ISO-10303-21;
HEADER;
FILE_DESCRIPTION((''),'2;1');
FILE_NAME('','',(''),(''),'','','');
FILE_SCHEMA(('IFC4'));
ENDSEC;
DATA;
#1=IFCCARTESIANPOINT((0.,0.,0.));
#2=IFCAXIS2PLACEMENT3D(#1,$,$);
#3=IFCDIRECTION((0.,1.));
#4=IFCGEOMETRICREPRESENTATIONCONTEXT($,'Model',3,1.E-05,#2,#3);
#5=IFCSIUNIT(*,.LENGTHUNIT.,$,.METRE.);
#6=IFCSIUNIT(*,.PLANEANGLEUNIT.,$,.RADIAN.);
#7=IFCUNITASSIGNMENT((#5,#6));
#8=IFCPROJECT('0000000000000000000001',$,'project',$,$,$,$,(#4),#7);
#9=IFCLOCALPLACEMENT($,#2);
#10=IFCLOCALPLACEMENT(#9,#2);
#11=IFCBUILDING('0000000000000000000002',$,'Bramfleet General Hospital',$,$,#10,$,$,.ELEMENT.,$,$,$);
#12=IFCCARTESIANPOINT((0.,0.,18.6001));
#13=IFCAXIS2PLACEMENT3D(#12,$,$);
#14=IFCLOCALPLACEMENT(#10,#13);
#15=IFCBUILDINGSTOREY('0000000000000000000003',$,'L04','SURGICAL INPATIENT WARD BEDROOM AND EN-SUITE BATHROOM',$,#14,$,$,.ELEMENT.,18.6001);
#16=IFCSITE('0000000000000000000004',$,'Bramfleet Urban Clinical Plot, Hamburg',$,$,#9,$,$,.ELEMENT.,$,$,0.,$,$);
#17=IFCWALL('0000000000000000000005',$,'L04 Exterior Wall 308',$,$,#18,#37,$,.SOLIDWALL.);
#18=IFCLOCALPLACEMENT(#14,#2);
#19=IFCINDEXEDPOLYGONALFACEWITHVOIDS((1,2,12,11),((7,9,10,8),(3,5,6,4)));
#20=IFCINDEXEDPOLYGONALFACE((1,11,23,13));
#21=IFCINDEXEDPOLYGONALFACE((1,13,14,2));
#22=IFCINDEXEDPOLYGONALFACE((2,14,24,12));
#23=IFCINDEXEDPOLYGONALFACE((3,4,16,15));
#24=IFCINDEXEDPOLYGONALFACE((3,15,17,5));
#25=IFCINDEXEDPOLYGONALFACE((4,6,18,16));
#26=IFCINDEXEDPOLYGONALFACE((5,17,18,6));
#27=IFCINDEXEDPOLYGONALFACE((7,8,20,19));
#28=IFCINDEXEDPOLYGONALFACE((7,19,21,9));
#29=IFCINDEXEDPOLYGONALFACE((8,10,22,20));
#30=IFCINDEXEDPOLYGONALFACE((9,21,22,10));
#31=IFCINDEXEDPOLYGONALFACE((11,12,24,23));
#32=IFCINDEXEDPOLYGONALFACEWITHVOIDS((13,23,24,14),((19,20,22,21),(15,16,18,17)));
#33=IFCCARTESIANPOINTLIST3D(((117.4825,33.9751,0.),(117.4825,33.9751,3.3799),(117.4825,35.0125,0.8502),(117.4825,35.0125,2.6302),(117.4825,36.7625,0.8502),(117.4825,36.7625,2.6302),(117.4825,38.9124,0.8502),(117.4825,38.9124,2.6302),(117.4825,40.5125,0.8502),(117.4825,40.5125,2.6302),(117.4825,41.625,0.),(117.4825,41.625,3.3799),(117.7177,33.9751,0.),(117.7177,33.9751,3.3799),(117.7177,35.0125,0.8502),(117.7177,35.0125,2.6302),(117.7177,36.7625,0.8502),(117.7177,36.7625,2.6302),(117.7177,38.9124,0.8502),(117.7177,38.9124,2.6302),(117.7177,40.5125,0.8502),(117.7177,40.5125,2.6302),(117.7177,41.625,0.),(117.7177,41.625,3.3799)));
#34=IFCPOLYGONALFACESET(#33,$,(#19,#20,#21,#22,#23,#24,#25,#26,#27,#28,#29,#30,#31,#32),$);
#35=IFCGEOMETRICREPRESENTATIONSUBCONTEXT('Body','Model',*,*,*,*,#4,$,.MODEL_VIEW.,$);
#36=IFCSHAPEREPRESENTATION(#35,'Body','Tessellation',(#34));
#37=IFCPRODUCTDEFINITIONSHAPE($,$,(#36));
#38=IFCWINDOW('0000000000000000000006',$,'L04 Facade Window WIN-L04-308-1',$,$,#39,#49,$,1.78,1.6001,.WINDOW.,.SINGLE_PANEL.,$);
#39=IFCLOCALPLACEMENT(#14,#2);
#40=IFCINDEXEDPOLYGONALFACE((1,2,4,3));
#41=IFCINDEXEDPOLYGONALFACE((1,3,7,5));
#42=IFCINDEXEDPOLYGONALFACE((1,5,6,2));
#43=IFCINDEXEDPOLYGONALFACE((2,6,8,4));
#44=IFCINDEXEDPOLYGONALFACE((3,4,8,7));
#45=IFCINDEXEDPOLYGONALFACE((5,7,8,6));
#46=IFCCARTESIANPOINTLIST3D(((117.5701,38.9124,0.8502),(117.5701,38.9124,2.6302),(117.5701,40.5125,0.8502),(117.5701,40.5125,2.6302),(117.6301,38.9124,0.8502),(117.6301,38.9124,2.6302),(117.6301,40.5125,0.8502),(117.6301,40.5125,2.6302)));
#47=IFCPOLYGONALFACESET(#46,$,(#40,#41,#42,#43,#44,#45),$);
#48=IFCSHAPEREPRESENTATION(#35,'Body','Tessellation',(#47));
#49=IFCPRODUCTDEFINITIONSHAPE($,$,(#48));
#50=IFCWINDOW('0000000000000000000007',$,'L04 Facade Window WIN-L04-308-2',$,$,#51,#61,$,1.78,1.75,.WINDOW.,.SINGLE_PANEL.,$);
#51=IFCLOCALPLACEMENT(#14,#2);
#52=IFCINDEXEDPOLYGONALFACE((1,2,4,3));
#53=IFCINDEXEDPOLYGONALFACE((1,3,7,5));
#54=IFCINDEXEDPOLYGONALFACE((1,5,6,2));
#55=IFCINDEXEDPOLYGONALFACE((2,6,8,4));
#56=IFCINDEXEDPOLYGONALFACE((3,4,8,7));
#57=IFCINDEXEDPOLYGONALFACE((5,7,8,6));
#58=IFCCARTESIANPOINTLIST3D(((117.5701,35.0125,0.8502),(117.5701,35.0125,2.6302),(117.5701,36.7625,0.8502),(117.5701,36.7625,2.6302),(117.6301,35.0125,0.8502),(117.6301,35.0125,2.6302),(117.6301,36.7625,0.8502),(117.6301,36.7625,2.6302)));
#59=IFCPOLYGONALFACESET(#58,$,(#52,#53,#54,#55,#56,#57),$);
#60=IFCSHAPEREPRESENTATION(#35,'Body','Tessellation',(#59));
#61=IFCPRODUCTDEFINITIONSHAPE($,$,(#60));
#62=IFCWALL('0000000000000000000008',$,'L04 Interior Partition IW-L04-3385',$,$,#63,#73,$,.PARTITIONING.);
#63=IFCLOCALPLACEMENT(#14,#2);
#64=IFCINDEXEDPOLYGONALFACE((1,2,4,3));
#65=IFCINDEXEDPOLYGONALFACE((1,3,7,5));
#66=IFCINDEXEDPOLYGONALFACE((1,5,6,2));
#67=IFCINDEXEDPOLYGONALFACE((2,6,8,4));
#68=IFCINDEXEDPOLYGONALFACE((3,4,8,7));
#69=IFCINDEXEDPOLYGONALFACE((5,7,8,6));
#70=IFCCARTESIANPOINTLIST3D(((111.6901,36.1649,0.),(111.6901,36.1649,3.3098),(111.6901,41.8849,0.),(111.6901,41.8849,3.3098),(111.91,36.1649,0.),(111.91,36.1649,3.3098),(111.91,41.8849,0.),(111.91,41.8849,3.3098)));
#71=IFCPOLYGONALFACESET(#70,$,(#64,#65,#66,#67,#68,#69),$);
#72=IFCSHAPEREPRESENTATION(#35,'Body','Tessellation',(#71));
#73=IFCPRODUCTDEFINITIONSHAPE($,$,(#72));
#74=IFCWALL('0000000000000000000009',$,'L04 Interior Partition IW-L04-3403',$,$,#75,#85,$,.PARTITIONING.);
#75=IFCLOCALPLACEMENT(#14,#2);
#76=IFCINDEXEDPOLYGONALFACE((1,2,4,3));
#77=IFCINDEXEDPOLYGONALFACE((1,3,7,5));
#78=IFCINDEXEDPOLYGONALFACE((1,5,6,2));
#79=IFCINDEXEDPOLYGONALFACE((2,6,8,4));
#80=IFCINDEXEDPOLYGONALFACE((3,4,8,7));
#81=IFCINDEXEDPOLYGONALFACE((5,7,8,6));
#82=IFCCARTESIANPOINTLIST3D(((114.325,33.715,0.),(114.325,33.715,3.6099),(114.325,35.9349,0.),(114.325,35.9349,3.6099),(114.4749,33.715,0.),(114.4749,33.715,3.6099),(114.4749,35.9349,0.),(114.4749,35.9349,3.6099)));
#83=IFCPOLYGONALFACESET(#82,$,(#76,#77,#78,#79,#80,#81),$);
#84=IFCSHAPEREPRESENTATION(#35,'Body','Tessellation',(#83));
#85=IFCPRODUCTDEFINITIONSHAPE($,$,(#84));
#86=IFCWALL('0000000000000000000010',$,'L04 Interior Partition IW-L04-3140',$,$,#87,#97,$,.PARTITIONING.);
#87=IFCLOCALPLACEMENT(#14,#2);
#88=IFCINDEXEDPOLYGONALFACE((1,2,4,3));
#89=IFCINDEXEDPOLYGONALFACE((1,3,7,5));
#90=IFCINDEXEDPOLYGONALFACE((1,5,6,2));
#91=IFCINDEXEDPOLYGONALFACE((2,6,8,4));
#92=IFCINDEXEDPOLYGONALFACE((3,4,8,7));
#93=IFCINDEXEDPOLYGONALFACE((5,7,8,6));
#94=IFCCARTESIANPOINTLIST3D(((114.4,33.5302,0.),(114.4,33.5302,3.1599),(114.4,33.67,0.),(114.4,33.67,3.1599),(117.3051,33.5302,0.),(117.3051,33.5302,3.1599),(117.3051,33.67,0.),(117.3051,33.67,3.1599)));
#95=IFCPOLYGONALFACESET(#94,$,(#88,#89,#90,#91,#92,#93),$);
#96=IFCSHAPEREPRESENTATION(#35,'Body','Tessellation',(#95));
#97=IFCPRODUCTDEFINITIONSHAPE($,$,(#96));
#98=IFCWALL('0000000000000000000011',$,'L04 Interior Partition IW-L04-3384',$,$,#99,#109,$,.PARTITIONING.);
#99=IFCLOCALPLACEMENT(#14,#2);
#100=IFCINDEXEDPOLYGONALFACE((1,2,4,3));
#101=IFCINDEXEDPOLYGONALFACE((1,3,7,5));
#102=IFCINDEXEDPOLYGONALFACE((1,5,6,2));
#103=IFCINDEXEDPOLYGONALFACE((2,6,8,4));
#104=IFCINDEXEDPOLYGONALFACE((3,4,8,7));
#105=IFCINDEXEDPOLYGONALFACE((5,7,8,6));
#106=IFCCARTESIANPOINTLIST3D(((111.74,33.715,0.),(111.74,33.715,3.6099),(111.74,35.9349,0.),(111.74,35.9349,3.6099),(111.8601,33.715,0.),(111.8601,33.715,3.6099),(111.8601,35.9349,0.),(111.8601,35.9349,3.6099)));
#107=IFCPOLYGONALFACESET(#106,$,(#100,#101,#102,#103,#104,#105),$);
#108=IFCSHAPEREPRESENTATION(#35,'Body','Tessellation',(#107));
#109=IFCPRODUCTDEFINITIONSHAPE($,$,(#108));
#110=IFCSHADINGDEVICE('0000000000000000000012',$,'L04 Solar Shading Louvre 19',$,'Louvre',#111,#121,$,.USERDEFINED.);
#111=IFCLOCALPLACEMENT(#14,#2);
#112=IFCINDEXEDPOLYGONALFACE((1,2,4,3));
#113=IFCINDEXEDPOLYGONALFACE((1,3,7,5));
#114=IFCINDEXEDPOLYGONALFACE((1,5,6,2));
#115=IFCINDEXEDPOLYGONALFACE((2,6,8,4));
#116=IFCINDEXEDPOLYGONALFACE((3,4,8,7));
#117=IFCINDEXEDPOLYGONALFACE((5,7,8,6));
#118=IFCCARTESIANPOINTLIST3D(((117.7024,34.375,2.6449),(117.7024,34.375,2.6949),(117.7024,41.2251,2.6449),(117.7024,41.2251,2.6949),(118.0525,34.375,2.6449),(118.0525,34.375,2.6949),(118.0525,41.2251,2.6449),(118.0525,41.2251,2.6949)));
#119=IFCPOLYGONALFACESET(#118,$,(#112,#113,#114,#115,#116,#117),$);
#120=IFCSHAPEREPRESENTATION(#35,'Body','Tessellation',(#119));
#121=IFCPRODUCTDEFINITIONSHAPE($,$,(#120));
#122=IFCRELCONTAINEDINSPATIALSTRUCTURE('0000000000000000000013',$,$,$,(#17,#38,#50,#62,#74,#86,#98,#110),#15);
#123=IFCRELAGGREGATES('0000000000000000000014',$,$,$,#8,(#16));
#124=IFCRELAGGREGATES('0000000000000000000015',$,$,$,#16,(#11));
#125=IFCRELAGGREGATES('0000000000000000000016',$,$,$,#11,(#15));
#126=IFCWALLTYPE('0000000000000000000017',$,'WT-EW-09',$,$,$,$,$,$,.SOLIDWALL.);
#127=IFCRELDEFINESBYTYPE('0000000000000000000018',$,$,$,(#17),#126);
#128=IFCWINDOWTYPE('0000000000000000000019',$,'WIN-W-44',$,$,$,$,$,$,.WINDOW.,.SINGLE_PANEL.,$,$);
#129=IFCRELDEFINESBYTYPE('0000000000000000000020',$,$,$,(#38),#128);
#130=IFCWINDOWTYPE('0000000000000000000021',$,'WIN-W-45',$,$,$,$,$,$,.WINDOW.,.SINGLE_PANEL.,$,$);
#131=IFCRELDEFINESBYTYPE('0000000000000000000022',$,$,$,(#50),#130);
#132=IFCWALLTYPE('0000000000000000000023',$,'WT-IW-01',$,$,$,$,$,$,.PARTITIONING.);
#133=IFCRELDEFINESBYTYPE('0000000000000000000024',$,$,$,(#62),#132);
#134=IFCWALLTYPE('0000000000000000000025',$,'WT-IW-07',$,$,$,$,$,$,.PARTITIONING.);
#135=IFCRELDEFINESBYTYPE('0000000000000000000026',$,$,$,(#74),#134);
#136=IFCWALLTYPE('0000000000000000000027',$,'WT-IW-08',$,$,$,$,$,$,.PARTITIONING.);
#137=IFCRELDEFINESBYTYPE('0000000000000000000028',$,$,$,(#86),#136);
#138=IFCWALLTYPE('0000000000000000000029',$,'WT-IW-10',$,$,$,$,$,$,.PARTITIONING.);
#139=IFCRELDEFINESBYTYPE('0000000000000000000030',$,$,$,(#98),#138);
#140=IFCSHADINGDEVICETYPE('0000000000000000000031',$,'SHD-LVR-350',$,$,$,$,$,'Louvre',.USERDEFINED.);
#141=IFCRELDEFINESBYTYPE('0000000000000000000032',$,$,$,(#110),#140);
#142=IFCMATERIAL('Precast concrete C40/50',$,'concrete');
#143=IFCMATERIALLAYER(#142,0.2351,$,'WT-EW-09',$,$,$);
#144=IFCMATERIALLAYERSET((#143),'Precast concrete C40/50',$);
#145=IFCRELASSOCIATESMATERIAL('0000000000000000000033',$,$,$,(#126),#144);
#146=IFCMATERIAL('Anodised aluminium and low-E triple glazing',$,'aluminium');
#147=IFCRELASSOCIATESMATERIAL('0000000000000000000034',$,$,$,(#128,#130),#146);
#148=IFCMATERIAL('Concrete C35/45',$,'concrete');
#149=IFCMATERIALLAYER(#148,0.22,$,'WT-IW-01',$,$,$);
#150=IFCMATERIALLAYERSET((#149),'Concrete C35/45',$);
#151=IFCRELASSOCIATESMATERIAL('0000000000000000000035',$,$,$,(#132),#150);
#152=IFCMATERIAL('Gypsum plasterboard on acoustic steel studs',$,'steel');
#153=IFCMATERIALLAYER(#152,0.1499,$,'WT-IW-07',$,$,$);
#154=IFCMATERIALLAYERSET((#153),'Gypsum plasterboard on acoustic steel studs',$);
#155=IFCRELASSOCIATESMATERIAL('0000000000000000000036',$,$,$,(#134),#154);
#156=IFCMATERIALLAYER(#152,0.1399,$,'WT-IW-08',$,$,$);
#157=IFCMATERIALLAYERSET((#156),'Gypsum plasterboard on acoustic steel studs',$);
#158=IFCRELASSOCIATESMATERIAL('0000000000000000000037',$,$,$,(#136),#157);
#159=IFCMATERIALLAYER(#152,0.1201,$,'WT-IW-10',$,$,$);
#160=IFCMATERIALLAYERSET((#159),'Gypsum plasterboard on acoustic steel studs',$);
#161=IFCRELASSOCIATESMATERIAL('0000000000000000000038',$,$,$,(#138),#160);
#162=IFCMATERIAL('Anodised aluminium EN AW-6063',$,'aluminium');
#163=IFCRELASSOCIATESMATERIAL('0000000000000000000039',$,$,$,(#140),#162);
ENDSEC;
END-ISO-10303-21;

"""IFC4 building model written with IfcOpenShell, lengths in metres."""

from ifc_helpers import new_model, si_unit, direction, frame, frame_2d, origin, origin_2d, place, context, subcontext, project, spatial, rectangle, extrude, material, layer, layer_set, material_profile, profile_set, type_object, element, fill, save


model = new_model("IFC4")

# Units and contexts
model_context = context("Model", 3, precision=1e-05, world=origin(), true_north=direction((0.0, 1.0)))
body_context = subcontext(model_context, "Body", "Model", "MODEL_VIEW")
ifc_project = project(units=[si_unit("LENGTHUNIT", "METRE"), si_unit("PLANEANGLEUNIT", "RADIAN")], contexts=[model_context])

# Site, building, storey
site_placement = place(None, origin())
site = spatial("IfcSite", under=ifc_project, at=site_placement, Name="Bramfleet Urban Clinical Plot, Hamburg", CompositionType="ELEMENT", RefElevation=0.0)
building_placement = place(site_placement, origin())
building = spatial("IfcBuilding", under=site, at=building_placement, Name="Bramfleet General Hospital", CompositionType="ELEMENT")
storey_placement = place(building_placement, frame((0.0, 0.0, 18.6001)))
storey = spatial("IfcBuildingStorey", under=building, at=storey_placement, Name="L04", Description="SURGICAL INPATIENT WARD BEDROOM AND EN-SUITE BATHROOM", CompositionType="ELEMENT", Elevation=18.6001)

# Shared definitions
ifc_material_1 = material(Name="Anodised aluminium and low-E triple glazing", Category="aluminium")

# Wall, openings, windows
ifc_material_2 = material(Name="Precast concrete C40/50", Category="concrete")
ifc_layer_1 = layer(ifc_material_2, 0.2351, Name="WT-EW-09")
ifc_layer_set_1 = layer_set([ifc_layer_1], Name="Precast concrete C40/50")
wall_type_1 = type_object("IfcWallType", Name="WT-EW-09", PredefinedType="SOLIDWALL", material=ifc_layer_set_1)
wall_1_placement = place(storey_placement, frame((117.6001, 41.625, 0.0), z_axis=(0.0, 0.0, 1.0), x_axis=(0.0, -1.0, 0.0)))
wall_1 = element("IfcWall", 1, at=wall_1_placement, inside=storey, type_object=wall_type_1, Name="L04 Exterior Wall 308", PredefinedType="SOLIDWALL", context=body_context, shape_type="SweptSolid", body=[
    extrude(rectangle(XDim=7.6499, YDim=0.2351, at=frame_2d((3.825, 0.0))), origin(), (0.0, 0.0, 1.0), 3.3799),
])
opening_1_placement = place(wall_1_placement, frame((1.1125, 0.0, 0.8501)))
opening_1 = element("IfcOpeningElement", 2, at=opening_1_placement, cuts=wall_1, PredefinedType="OPENING", context=body_context, shape_type="SweptSolid", body=[
    extrude(rectangle(XDim=1.6001, YDim=1.78, at=frame_2d((0.8, 0.8901))), frame((0.0, 0.1274, 0.0), z_axis=(0.0, -1.0, 0.0), x_axis=(1.0, 0.0, 0.0)), (0.0, 0.0, 1.0), 0.2551),
])
opening_2_placement = place(wall_1_placement, frame((4.8625, 0.0, 0.8501)))
opening_2 = element("IfcOpeningElement", 3, at=opening_2_placement, cuts=wall_1, PredefinedType="OPENING", context=body_context, shape_type="SweptSolid", body=[
    extrude(rectangle(XDim=1.75, YDim=1.78, at=frame_2d((0.875, 0.8901))), frame((0.0, 0.1274, 0.0), z_axis=(0.0, -1.0, 0.0), x_axis=(1.0, 0.0, 0.0)), (0.0, 0.0, 1.0), 0.2551),
])
window_type_1 = type_object("IfcWindowType", Name="WIN-W-44", PartitioningType="SINGLE_PANEL", PredefinedType="WINDOW", material=ifc_material_1)
window_1_placement = place(opening_1_placement, origin())
window_1 = element("IfcWindow", 4, at=window_1_placement, inside=storey, type_object=window_type_1, Name="L04 Facade Window WIN-L04-308-1", OverallHeight=1.78, OverallWidth=1.6001, PartitioningType="SINGLE_PANEL", PredefinedType="WINDOW", context=body_context, shape_type="SweptSolid", body=[
    extrude(rectangle(XDim=1.6001, YDim=1.78, at=frame_2d((0.8, 0.8901))), frame((0.0, 0.03, 0.0), z_axis=(0.0, -1.0, 0.0), x_axis=(1.0, 0.0, 0.0)), (0.0, 0.0, 1.0), 0.0601),
])
fill(opening_1, window_1)
window_type_2 = type_object("IfcWindowType", Name="WIN-W-45", PartitioningType="SINGLE_PANEL", PredefinedType="WINDOW", material=ifc_material_1)
window_2_placement = place(opening_2_placement, origin())
window_2 = element("IfcWindow", 5, at=window_2_placement, inside=storey, type_object=window_type_2, Name="L04 Facade Window WIN-L04-308-2", OverallHeight=1.78, OverallWidth=1.75, PartitioningType="SINGLE_PANEL", PredefinedType="WINDOW", context=body_context, shape_type="SweptSolid", body=[
    extrude(rectangle(XDim=1.75, YDim=1.78, at=frame_2d((0.875, 0.8901))), frame((0.0, 0.03, 0.0), z_axis=(0.0, -1.0, 0.0), x_axis=(1.0, 0.0, 0.0)), (0.0, 0.0, 1.0), 0.0601),
])
fill(opening_2, window_2)

# Walls
ifc_material_3 = material(Name="Concrete C35/45", Category="concrete")
ifc_layer_2 = layer(ifc_material_3, 0.22, Name="WT-IW-01")
ifc_layer_set_2 = layer_set([ifc_layer_2], Name="Concrete C35/45")
wall_type_2 = type_object("IfcWallType", Name="WT-IW-01", PredefinedType="PARTITIONING", material=ifc_layer_set_2)
wall_2_placement = place(storey_placement, frame((111.8, 36.165, 0.0), z_axis=(0.0, 0.0, 1.0), x_axis=(0.0, 1.0, 0.0)))
element("IfcWall", 6, at=wall_2_placement, inside=storey, type_object=wall_type_2, Name="L04 Interior Partition IW-L04-3385", PredefinedType="PARTITIONING", context=body_context, shape_type="SweptSolid", body=[
    extrude(rectangle(XDim=5.72, YDim=0.22, at=frame_2d((2.8599, 0.0))), origin(), (0.0, 0.0, 1.0), 3.3098),
])
ifc_material_4 = material(Name="Gypsum plasterboard on acoustic steel studs", Category="steel")
ifc_layer_3 = layer(ifc_material_4, 0.1499, Name="WT-IW-07")
ifc_layer_set_3 = layer_set([ifc_layer_3], Name="Gypsum plasterboard on acoustic steel studs")
wall_type_3 = type_object("IfcWallType", Name="WT-IW-07", PredefinedType="PARTITIONING", material=ifc_layer_set_3)
wall_3_placement = place(storey_placement, frame((114.3999, 33.7151, 0.0), z_axis=(0.0, 0.0, 1.0), x_axis=(0.0, 1.0, 0.0)))
element("IfcWall", 7, at=wall_3_placement, inside=storey, type_object=wall_type_3, Name="L04 Interior Partition IW-L04-3403", PredefinedType="PARTITIONING", context=body_context, shape_type="SweptSolid", body=[
    extrude(rectangle(XDim=2.22, YDim=0.1499, at=frame_2d((1.1099, 0.0))), origin(), (0.0, 0.0, 1.0), 3.6099),
])
ifc_layer_4 = layer(ifc_material_4, 0.1399, Name="WT-IW-08")
ifc_layer_set_4 = layer_set([ifc_layer_4], Name="Gypsum plasterboard on acoustic steel studs")
wall_type_4 = type_object("IfcWallType", Name="WT-IW-08", PredefinedType="PARTITIONING", material=ifc_layer_set_4)
wall_4_placement = place(storey_placement, frame((114.3999, 33.6001, 0.0), z_axis=(0.0, 0.0, 1.0), x_axis=(1.0, 0.0, 0.0)))
element("IfcWall", 8, at=wall_4_placement, inside=storey, type_object=wall_type_4, Name="L04 Interior Partition IW-L04-3140", PredefinedType="PARTITIONING", context=body_context, shape_type="SweptSolid", body=[
    extrude(rectangle(XDim=2.905, YDim=0.1399, at=frame_2d((1.4526, 0.0))), origin(), (0.0, 0.0, 1.0), 3.1599),
])
ifc_layer_5 = layer(ifc_material_4, 0.1201, Name="WT-IW-10")
ifc_layer_set_5 = layer_set([ifc_layer_5], Name="Gypsum plasterboard on acoustic steel studs")
wall_type_5 = type_object("IfcWallType", Name="WT-IW-10", PredefinedType="PARTITIONING", material=ifc_layer_set_5)
wall_5_placement = place(storey_placement, frame((111.8, 33.7151, 0.0), z_axis=(0.0, 0.0, 1.0), x_axis=(0.0, 1.0, 0.0)))
element("IfcWall", 9, at=wall_5_placement, inside=storey, type_object=wall_type_5, Name="L04 Interior Partition IW-L04-3384", PredefinedType="PARTITIONING", context=body_context, shape_type="SweptSolid", body=[
    extrude(rectangle(XDim=2.22, YDim=0.1201, at=frame_2d((1.1099, 0.0))), origin(), (0.0, 0.0, 1.0), 3.6099),
])

# Shading device
ifc_material_5 = material(Name="Anodised aluminium EN AW-6063", Category="aluminium")
ifc_material_profile_1 = material_profile(ifc_material_5, rectangle(XDim=0.05, YDim=0.3501, at=origin_2d()), Name="ALU LOUVRE 350x50")
ifc_profile_set_1 = profile_set([ifc_material_profile_1], Name="Anodised aluminium EN AW-6063")
shading_device_type = type_object("IfcShadingDeviceType", Name="SHD-LVR-350", ElementType="Louvre", PredefinedType="USERDEFINED", material=ifc_profile_set_1)
shading_device_placement = place(storey_placement, frame((117.8774, 41.2251, 2.6699), z_axis=(0.0, -1.0, 0.0), x_axis=(0.0, 0.0, 1.0)))
element("IfcShadingDevice", 10, at=shading_device_placement, inside=storey, type_object=shading_device_type, Name="L04 Solar Shading Louvre 19", ObjectType="Louvre", PredefinedType="USERDEFINED", context=body_context, shape_type="SweptSolid", body=[
    extrude(rectangle(XDim=0.05, YDim=0.3501, at=origin_2d()), origin(), (0.0, 0.0, 1.0), 6.8501),
])

save(model, "model.ifc")
